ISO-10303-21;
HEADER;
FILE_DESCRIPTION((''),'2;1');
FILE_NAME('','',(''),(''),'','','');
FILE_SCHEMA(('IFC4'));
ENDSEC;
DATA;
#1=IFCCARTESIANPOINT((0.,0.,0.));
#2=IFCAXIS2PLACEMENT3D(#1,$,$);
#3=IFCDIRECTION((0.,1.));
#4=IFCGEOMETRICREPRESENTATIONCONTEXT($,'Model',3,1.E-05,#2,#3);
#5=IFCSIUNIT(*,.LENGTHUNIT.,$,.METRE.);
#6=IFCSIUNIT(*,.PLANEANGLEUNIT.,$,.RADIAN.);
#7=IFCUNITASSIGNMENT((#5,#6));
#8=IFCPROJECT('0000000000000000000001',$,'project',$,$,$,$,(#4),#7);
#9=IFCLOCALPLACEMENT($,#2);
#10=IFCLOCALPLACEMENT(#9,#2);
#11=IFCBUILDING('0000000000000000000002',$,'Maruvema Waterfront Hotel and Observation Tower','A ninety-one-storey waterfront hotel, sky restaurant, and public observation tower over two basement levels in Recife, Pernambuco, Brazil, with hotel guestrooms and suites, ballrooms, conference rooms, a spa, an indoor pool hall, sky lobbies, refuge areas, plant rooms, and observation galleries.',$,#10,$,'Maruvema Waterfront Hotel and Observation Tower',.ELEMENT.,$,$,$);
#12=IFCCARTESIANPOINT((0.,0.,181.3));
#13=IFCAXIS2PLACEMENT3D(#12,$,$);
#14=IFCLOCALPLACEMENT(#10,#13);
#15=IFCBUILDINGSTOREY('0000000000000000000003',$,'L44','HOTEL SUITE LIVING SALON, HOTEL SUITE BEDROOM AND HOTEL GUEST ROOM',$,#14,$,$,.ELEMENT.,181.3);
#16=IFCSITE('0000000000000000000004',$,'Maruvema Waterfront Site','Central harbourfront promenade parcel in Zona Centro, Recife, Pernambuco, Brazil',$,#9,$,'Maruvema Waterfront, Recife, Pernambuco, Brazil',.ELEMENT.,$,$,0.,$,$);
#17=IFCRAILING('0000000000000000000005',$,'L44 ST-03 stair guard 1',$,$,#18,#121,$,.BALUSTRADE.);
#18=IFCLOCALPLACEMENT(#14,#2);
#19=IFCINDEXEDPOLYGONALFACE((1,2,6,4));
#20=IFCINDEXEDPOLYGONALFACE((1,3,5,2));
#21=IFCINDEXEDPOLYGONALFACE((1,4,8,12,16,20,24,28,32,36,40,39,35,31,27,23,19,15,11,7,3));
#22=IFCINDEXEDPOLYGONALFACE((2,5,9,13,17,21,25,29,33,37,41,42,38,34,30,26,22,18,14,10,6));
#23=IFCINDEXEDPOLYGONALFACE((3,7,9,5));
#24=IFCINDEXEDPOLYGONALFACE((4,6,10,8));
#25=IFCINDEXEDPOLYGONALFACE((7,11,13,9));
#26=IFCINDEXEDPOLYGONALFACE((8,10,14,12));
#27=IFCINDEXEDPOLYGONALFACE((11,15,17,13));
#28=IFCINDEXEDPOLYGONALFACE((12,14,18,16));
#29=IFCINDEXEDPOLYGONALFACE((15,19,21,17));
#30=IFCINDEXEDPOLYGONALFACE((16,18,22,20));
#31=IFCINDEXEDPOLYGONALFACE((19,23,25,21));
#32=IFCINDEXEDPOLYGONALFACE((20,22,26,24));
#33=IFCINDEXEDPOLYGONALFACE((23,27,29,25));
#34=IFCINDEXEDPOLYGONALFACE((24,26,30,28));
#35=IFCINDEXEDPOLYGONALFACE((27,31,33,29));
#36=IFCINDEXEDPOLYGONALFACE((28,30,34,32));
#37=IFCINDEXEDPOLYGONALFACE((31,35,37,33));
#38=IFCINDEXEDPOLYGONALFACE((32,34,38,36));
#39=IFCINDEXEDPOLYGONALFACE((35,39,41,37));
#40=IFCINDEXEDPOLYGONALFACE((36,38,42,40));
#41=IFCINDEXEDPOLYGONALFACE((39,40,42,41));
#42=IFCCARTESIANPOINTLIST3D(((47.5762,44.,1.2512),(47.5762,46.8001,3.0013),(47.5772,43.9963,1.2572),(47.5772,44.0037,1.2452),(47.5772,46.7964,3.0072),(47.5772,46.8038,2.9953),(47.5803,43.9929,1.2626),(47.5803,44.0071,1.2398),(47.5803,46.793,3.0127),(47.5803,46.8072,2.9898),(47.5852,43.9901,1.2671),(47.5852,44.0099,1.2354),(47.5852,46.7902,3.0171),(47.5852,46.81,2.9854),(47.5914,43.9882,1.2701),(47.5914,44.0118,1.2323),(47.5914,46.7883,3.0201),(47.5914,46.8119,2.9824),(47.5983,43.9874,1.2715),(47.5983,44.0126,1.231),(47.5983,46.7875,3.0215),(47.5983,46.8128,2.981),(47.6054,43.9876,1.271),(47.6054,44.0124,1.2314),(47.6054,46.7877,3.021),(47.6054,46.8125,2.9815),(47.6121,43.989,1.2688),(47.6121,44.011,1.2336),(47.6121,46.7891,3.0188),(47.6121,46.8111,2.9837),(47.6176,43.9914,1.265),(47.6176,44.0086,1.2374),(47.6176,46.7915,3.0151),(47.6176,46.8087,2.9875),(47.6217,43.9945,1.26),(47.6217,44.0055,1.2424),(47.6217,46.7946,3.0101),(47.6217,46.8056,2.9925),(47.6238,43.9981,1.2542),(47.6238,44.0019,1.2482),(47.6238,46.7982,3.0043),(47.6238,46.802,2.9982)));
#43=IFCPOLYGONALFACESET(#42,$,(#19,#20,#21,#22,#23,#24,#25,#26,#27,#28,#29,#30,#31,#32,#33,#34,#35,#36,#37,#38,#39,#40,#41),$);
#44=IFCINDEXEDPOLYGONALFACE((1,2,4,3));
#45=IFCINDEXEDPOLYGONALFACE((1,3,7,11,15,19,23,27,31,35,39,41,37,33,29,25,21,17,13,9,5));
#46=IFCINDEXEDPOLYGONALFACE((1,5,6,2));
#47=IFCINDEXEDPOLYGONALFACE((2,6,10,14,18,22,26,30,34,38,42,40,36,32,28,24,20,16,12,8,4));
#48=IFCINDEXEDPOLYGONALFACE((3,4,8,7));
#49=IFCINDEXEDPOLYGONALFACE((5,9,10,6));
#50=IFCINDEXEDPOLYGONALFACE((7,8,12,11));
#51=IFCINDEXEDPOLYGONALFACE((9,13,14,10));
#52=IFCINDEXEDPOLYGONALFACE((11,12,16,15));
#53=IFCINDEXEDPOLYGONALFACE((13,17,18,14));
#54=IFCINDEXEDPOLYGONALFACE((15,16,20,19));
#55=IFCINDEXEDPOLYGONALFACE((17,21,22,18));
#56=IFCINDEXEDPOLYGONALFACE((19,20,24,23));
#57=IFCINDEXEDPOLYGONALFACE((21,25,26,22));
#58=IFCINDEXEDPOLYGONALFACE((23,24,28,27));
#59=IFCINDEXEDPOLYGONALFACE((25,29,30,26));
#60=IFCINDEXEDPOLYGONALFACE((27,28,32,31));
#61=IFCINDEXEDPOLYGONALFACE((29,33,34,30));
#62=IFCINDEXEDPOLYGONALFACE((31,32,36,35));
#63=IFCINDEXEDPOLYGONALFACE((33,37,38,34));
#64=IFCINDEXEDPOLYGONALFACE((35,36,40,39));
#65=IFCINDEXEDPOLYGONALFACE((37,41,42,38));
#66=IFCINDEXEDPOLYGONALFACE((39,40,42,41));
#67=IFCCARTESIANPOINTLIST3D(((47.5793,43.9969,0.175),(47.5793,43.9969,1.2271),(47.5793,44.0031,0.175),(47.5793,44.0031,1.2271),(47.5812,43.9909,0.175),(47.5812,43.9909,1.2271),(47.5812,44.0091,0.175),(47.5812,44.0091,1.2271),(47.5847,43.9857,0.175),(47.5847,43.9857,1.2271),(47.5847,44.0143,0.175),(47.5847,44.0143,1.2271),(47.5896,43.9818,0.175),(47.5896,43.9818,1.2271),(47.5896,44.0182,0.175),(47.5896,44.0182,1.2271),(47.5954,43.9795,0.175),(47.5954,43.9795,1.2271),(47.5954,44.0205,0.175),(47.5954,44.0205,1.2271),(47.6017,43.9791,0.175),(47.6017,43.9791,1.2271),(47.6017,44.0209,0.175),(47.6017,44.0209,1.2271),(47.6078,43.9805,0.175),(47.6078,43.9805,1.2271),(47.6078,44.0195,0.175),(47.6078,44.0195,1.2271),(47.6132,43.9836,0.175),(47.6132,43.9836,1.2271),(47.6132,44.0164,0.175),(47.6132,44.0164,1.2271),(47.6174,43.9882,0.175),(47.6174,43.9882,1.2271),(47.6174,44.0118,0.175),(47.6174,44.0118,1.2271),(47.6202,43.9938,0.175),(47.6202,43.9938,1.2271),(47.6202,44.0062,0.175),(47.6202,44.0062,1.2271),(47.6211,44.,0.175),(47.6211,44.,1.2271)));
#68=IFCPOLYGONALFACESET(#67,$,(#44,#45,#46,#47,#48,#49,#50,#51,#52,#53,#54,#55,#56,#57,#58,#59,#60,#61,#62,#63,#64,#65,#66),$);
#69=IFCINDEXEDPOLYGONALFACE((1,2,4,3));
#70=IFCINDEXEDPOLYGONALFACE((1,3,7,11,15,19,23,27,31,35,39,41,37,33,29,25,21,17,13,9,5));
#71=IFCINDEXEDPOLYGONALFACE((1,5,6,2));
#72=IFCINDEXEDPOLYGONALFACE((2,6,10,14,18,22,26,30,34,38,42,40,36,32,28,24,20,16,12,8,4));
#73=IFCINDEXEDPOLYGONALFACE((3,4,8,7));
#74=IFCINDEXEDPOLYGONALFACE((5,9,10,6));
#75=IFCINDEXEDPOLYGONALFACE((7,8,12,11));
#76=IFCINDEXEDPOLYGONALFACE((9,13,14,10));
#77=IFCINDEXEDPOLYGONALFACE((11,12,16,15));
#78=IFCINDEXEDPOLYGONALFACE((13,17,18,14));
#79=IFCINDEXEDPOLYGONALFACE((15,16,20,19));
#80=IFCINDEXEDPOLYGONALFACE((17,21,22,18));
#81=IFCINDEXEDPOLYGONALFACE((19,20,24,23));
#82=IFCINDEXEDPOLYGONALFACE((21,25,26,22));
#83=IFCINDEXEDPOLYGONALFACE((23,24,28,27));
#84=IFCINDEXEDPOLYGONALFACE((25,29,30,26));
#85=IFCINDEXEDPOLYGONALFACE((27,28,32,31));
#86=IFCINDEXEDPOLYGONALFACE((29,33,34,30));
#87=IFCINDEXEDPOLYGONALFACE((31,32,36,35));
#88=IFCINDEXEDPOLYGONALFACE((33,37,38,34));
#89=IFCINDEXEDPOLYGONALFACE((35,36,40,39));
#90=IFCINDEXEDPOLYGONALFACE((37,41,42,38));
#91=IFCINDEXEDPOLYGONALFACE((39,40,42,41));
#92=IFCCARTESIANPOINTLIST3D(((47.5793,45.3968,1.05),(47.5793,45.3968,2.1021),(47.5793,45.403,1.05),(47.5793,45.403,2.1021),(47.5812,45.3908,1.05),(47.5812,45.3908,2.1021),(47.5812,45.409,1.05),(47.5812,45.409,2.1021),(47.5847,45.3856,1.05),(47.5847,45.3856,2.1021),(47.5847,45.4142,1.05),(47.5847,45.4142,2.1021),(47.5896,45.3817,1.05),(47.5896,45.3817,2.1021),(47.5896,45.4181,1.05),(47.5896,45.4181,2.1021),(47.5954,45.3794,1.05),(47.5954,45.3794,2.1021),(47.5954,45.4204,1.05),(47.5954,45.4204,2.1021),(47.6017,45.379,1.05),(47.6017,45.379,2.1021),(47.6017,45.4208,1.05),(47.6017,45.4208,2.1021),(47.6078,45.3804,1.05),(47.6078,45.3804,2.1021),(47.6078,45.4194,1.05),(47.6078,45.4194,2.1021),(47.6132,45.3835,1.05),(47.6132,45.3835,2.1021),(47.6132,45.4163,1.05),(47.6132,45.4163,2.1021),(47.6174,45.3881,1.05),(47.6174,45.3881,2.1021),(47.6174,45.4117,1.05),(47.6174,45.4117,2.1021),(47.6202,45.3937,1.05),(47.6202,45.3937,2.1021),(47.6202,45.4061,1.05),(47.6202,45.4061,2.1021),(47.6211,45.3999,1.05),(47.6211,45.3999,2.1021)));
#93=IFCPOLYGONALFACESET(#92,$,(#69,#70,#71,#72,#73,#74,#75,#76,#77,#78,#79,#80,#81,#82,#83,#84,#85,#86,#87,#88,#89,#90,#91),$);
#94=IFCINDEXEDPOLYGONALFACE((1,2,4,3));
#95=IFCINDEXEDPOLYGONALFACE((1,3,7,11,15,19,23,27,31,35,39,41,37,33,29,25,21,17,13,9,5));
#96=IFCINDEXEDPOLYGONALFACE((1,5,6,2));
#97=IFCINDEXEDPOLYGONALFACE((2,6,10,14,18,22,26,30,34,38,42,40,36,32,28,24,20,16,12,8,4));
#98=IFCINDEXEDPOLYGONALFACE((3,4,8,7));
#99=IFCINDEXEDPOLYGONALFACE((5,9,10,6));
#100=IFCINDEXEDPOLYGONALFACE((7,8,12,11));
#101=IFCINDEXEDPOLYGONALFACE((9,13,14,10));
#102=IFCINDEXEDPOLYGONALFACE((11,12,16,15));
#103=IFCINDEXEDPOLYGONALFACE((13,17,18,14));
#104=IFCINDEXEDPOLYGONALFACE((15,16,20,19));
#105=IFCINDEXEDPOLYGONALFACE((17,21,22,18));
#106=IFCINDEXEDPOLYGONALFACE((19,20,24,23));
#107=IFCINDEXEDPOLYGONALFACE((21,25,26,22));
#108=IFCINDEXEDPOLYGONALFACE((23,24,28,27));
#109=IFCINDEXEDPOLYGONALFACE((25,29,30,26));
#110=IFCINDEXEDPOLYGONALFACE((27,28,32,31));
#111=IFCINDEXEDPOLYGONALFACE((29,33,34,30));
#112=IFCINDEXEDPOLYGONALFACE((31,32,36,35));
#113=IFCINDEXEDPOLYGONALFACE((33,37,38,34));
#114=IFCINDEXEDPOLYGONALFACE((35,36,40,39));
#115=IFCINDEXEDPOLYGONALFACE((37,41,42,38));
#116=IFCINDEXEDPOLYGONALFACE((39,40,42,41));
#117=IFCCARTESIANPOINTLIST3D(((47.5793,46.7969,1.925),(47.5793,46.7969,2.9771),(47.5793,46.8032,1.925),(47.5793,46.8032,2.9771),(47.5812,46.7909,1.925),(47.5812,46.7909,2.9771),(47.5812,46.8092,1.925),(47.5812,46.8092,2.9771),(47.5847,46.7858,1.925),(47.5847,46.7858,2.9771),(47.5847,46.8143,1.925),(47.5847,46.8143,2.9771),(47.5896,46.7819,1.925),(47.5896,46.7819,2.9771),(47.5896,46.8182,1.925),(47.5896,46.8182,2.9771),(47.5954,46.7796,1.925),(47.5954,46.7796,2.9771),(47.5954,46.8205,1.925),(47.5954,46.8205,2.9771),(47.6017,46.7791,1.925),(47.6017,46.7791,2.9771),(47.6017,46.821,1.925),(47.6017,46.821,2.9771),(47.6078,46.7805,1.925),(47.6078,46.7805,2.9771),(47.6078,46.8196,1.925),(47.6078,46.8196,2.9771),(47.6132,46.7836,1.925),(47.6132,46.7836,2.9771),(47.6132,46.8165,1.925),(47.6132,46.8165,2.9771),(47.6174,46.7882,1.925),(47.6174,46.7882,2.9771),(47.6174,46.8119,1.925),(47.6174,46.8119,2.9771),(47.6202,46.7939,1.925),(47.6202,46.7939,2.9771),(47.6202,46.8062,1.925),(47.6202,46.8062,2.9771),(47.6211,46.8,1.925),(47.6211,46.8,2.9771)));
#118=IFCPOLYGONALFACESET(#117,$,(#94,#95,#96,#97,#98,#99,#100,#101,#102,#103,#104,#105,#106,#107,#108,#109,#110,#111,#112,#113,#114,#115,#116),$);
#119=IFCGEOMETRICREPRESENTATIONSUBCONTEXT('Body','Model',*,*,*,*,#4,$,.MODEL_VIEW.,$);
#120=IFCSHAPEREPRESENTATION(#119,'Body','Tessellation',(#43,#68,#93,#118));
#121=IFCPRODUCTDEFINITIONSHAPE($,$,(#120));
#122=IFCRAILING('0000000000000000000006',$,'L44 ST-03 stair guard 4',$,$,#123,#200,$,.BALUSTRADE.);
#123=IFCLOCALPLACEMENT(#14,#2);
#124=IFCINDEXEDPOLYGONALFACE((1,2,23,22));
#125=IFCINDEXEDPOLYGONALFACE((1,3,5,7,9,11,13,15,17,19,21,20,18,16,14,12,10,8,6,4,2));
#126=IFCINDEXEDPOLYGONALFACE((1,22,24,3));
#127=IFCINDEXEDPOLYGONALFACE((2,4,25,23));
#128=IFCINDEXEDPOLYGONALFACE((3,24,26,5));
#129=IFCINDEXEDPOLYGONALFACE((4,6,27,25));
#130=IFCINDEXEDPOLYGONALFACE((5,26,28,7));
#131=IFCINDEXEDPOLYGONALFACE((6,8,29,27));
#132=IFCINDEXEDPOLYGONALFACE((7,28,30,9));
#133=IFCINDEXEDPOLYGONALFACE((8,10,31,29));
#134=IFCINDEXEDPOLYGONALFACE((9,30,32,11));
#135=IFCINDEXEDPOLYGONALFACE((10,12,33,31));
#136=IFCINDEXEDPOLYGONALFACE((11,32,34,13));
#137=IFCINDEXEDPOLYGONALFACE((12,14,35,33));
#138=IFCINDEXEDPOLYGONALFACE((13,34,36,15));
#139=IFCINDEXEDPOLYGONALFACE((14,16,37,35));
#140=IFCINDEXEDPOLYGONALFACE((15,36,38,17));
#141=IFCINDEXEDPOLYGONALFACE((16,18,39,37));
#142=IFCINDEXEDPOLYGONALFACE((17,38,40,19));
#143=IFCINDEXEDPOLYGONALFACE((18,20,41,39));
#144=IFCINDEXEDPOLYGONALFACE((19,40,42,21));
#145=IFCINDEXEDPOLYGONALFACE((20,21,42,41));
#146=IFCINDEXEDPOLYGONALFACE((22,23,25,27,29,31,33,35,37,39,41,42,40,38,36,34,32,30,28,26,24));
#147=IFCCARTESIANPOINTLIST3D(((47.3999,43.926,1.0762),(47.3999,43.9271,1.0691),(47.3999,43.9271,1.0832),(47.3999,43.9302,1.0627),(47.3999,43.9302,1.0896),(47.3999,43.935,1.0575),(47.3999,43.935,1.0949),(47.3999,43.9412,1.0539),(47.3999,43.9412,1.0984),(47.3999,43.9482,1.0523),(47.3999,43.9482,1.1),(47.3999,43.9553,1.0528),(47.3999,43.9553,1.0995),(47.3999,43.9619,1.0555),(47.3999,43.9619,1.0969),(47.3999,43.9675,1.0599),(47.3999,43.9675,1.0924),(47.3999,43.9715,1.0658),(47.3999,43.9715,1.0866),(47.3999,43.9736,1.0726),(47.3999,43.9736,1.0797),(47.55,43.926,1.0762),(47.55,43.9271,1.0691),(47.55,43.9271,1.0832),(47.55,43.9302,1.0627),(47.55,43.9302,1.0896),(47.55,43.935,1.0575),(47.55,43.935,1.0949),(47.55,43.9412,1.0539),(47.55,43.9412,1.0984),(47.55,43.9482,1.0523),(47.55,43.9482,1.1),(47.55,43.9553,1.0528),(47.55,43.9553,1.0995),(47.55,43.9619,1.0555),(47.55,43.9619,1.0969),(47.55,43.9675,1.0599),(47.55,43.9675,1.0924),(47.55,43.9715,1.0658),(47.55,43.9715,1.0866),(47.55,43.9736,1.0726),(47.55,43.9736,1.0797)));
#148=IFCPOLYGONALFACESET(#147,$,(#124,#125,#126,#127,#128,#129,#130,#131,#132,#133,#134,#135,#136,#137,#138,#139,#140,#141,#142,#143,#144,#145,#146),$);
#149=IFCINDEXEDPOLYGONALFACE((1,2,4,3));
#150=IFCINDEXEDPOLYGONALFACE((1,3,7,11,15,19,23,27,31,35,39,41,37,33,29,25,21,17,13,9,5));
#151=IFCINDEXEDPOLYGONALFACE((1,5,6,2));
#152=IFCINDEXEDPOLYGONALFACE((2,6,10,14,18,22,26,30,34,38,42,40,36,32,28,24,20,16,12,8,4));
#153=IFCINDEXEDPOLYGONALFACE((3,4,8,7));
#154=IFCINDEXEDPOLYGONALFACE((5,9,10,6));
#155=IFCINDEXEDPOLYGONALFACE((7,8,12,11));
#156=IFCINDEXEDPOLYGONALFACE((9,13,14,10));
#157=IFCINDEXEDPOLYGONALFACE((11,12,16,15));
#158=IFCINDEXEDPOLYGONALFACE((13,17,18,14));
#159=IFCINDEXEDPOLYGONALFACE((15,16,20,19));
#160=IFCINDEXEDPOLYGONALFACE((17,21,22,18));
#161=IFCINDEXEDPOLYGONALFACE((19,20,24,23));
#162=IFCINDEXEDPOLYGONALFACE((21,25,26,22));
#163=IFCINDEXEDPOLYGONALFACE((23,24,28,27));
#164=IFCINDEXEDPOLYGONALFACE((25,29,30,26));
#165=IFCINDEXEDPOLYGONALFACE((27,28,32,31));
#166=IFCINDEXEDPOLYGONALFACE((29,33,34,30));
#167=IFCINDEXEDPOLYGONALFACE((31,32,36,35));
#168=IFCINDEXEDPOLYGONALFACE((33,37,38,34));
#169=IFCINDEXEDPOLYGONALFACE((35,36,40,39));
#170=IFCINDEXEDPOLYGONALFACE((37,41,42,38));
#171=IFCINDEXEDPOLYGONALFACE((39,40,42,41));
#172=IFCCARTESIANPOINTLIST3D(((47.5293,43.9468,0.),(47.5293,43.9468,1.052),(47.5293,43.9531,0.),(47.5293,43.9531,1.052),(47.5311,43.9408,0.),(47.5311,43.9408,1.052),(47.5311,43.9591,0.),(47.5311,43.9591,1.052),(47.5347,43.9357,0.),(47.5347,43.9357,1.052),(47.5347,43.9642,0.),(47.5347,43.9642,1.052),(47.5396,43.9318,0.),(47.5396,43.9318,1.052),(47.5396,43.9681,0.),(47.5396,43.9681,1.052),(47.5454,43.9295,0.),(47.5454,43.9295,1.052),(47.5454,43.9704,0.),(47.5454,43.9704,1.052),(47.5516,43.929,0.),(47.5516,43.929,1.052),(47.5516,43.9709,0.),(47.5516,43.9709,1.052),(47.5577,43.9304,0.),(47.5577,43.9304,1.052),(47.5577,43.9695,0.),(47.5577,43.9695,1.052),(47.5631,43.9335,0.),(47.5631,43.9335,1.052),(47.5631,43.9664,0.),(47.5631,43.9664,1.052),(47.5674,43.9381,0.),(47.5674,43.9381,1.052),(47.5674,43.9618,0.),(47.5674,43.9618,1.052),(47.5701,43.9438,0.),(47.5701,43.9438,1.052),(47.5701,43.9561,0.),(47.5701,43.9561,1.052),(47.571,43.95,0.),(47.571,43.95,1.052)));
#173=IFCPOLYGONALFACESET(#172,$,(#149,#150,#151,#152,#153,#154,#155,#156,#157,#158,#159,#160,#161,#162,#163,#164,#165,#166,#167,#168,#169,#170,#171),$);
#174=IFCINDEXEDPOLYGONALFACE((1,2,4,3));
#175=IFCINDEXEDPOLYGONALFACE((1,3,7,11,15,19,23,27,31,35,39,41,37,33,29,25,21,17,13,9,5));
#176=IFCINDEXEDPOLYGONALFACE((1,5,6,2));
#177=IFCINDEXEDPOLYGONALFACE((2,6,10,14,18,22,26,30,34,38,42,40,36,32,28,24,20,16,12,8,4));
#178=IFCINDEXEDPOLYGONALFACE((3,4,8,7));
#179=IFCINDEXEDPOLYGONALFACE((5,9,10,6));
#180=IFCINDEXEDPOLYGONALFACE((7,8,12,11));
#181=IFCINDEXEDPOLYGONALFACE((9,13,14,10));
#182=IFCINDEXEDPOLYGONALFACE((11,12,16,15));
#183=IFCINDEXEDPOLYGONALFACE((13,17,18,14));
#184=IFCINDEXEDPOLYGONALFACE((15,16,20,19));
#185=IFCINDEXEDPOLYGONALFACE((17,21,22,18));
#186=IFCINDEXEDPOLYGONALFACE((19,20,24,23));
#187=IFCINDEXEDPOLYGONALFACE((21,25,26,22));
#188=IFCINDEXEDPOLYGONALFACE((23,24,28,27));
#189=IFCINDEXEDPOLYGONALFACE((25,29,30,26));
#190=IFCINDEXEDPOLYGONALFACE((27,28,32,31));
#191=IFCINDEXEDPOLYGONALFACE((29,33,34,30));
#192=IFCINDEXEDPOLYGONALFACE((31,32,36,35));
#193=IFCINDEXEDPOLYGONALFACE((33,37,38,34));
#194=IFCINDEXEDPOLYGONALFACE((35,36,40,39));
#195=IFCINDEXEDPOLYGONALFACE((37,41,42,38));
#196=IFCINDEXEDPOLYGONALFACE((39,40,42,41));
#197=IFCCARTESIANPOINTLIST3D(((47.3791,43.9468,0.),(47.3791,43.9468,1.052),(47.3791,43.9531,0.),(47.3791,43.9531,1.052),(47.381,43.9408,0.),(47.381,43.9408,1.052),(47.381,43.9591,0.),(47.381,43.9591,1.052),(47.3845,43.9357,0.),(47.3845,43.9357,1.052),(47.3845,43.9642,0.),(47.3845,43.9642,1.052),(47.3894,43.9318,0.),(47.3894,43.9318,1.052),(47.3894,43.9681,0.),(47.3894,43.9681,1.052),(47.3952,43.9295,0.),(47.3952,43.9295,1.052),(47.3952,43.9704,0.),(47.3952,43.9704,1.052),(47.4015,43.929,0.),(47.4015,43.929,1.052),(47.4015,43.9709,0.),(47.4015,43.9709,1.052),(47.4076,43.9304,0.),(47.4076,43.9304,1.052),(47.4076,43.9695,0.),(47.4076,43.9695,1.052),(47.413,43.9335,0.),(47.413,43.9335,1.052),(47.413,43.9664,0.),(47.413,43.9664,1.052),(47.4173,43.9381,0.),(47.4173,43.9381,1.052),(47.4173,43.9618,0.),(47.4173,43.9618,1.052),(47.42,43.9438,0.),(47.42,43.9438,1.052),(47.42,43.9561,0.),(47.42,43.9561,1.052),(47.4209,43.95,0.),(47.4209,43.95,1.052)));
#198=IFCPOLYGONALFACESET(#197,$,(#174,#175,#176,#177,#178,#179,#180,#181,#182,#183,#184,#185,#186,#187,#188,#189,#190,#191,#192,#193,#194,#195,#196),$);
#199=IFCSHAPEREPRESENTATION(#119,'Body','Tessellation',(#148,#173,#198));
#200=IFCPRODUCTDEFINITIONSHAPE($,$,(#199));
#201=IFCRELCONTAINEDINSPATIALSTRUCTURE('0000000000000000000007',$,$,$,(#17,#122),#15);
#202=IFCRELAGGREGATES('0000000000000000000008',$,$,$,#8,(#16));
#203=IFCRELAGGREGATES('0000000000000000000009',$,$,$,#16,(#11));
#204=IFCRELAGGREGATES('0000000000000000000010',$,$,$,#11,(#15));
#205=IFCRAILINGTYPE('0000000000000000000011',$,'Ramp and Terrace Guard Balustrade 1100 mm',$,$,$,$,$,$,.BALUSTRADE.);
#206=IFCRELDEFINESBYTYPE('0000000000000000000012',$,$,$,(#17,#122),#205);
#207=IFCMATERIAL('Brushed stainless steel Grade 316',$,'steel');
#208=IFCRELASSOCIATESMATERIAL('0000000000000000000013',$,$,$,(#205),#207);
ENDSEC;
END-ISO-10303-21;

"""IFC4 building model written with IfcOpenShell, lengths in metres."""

from ifc_helpers import new_model, si_unit, direction, frame, origin, origin_2d, place, context, subcontext, project, spatial, circle, extrude, material, type_object, element, save


model = new_model("IFC4")

# Units and contexts
model_context = context("Model", 3, precision=1e-05, world=origin(), true_north=direction((0.0, 1.0)))
body_context = subcontext(model_context, "Body", "Model", "MODEL_VIEW")
ifc_project = project(units=[si_unit("LENGTHUNIT", "METRE"), si_unit("PLANEANGLEUNIT", "RADIAN")], contexts=[model_context])

# Site, building, storey
site_placement = place(None, origin())
site = spatial("IfcSite", under=ifc_project, at=site_placement, Name="Maruvema Waterfront Site", Description="Central harbourfront promenade parcel in Zona Centro, Recife, Pernambuco, Brazil", LongName="Maruvema Waterfront, Recife, Pernambuco, Brazil", CompositionType="ELEMENT", RefElevation=0.0)
building_placement = place(site_placement, origin())
building = spatial("IfcBuilding", under=site, at=building_placement, Name="Maruvema Waterfront Hotel and Observation Tower", Description="A ninety-one-storey waterfront hotel, sky restaurant, and public observation tower over two basement levels in Recife, Pernambuco, Brazil, with hotel guestrooms and suites, ballrooms, conference rooms, a spa, an indoor pool hall, sky lobbies, refuge areas, plant rooms, and observation galleries.", LongName="Maruvema Waterfront Hotel and Observation Tower", CompositionType="ELEMENT")
storey_placement = place(building_placement, frame((0.0, 0.0, 181.3)))
storey = spatial("IfcBuildingStorey", under=building, at=storey_placement, Name="L44", Description="HOTEL SUITE LIVING SALON, HOTEL SUITE BEDROOM AND HOTEL GUEST ROOM", CompositionType="ELEMENT", Elevation=181.3)

# Railings
ifc_material_1 = material(Name="Brushed stainless steel Grade 316", Category="steel")
railing_type_1 = type_object("IfcRailingType", Name="Ramp and Terrace Guard Balustrade 1100 mm", PredefinedType="BALUSTRADE", material=ifc_material_1)
railing_1_placement = place(storey_placement, frame((47.6001, 44.0, 0.175)))
element("IfcRailing", 1, at=railing_1_placement, inside=storey, type_object=railing_type_1, Name="L44 ST-03 stair guard 1", PredefinedType="BALUSTRADE", context=body_context, shape_type="SweptSolid", body=[
    extrude(circle(Radius=0.0239, at=origin_2d()), frame((0.0, 0.0, 1.0762), z_axis=(0.0, 0.848002, 0.529992), x_axis=(-1.0, 0.0, 0.0)), (0.0, 0.0, 1.0), 3.302),
    extrude(circle(Radius=0.021, at=origin_2d()), origin(), (0.0, 0.0, 1.0), 1.052),
    extrude(circle(Radius=0.021, at=origin_2d()), frame((0.0, 1.3999, 0.875)), (0.0, 0.0, 1.0), 1.052),
    extrude(circle(Radius=0.021, at=origin_2d()), frame((0.0, 2.8, 1.75)), (0.0, 0.0, 1.0), 1.052),
])
railing_2_placement = place(storey_placement, frame((47.55, 43.95, 0.0)))
element("IfcRailing", 2, at=railing_2_placement, inside=storey, type_object=railing_type_1, Name="L44 ST-03 stair guard 4", PredefinedType="BALUSTRADE", context=body_context, shape_type="SweptSolid", body=[
    extrude(circle(Radius=0.0239, at=origin_2d()), frame((0.0, 0.0, 1.0762), z_axis=(-1.0, 0.0, 0.0), x_axis=(0.0, -1.0, 0.0)), (0.0, 0.0, 1.0), 0.1501),
    extrude(circle(Radius=0.021, at=origin_2d()), origin(), (0.0, 0.0, 1.0), 1.052),
    extrude(circle(Radius=0.021, at=origin_2d()), frame((-0.1501, 0.0, 0.0)), (0.0, 0.0, 1.0), 1.052),
])

save(model, "model.ifc")
